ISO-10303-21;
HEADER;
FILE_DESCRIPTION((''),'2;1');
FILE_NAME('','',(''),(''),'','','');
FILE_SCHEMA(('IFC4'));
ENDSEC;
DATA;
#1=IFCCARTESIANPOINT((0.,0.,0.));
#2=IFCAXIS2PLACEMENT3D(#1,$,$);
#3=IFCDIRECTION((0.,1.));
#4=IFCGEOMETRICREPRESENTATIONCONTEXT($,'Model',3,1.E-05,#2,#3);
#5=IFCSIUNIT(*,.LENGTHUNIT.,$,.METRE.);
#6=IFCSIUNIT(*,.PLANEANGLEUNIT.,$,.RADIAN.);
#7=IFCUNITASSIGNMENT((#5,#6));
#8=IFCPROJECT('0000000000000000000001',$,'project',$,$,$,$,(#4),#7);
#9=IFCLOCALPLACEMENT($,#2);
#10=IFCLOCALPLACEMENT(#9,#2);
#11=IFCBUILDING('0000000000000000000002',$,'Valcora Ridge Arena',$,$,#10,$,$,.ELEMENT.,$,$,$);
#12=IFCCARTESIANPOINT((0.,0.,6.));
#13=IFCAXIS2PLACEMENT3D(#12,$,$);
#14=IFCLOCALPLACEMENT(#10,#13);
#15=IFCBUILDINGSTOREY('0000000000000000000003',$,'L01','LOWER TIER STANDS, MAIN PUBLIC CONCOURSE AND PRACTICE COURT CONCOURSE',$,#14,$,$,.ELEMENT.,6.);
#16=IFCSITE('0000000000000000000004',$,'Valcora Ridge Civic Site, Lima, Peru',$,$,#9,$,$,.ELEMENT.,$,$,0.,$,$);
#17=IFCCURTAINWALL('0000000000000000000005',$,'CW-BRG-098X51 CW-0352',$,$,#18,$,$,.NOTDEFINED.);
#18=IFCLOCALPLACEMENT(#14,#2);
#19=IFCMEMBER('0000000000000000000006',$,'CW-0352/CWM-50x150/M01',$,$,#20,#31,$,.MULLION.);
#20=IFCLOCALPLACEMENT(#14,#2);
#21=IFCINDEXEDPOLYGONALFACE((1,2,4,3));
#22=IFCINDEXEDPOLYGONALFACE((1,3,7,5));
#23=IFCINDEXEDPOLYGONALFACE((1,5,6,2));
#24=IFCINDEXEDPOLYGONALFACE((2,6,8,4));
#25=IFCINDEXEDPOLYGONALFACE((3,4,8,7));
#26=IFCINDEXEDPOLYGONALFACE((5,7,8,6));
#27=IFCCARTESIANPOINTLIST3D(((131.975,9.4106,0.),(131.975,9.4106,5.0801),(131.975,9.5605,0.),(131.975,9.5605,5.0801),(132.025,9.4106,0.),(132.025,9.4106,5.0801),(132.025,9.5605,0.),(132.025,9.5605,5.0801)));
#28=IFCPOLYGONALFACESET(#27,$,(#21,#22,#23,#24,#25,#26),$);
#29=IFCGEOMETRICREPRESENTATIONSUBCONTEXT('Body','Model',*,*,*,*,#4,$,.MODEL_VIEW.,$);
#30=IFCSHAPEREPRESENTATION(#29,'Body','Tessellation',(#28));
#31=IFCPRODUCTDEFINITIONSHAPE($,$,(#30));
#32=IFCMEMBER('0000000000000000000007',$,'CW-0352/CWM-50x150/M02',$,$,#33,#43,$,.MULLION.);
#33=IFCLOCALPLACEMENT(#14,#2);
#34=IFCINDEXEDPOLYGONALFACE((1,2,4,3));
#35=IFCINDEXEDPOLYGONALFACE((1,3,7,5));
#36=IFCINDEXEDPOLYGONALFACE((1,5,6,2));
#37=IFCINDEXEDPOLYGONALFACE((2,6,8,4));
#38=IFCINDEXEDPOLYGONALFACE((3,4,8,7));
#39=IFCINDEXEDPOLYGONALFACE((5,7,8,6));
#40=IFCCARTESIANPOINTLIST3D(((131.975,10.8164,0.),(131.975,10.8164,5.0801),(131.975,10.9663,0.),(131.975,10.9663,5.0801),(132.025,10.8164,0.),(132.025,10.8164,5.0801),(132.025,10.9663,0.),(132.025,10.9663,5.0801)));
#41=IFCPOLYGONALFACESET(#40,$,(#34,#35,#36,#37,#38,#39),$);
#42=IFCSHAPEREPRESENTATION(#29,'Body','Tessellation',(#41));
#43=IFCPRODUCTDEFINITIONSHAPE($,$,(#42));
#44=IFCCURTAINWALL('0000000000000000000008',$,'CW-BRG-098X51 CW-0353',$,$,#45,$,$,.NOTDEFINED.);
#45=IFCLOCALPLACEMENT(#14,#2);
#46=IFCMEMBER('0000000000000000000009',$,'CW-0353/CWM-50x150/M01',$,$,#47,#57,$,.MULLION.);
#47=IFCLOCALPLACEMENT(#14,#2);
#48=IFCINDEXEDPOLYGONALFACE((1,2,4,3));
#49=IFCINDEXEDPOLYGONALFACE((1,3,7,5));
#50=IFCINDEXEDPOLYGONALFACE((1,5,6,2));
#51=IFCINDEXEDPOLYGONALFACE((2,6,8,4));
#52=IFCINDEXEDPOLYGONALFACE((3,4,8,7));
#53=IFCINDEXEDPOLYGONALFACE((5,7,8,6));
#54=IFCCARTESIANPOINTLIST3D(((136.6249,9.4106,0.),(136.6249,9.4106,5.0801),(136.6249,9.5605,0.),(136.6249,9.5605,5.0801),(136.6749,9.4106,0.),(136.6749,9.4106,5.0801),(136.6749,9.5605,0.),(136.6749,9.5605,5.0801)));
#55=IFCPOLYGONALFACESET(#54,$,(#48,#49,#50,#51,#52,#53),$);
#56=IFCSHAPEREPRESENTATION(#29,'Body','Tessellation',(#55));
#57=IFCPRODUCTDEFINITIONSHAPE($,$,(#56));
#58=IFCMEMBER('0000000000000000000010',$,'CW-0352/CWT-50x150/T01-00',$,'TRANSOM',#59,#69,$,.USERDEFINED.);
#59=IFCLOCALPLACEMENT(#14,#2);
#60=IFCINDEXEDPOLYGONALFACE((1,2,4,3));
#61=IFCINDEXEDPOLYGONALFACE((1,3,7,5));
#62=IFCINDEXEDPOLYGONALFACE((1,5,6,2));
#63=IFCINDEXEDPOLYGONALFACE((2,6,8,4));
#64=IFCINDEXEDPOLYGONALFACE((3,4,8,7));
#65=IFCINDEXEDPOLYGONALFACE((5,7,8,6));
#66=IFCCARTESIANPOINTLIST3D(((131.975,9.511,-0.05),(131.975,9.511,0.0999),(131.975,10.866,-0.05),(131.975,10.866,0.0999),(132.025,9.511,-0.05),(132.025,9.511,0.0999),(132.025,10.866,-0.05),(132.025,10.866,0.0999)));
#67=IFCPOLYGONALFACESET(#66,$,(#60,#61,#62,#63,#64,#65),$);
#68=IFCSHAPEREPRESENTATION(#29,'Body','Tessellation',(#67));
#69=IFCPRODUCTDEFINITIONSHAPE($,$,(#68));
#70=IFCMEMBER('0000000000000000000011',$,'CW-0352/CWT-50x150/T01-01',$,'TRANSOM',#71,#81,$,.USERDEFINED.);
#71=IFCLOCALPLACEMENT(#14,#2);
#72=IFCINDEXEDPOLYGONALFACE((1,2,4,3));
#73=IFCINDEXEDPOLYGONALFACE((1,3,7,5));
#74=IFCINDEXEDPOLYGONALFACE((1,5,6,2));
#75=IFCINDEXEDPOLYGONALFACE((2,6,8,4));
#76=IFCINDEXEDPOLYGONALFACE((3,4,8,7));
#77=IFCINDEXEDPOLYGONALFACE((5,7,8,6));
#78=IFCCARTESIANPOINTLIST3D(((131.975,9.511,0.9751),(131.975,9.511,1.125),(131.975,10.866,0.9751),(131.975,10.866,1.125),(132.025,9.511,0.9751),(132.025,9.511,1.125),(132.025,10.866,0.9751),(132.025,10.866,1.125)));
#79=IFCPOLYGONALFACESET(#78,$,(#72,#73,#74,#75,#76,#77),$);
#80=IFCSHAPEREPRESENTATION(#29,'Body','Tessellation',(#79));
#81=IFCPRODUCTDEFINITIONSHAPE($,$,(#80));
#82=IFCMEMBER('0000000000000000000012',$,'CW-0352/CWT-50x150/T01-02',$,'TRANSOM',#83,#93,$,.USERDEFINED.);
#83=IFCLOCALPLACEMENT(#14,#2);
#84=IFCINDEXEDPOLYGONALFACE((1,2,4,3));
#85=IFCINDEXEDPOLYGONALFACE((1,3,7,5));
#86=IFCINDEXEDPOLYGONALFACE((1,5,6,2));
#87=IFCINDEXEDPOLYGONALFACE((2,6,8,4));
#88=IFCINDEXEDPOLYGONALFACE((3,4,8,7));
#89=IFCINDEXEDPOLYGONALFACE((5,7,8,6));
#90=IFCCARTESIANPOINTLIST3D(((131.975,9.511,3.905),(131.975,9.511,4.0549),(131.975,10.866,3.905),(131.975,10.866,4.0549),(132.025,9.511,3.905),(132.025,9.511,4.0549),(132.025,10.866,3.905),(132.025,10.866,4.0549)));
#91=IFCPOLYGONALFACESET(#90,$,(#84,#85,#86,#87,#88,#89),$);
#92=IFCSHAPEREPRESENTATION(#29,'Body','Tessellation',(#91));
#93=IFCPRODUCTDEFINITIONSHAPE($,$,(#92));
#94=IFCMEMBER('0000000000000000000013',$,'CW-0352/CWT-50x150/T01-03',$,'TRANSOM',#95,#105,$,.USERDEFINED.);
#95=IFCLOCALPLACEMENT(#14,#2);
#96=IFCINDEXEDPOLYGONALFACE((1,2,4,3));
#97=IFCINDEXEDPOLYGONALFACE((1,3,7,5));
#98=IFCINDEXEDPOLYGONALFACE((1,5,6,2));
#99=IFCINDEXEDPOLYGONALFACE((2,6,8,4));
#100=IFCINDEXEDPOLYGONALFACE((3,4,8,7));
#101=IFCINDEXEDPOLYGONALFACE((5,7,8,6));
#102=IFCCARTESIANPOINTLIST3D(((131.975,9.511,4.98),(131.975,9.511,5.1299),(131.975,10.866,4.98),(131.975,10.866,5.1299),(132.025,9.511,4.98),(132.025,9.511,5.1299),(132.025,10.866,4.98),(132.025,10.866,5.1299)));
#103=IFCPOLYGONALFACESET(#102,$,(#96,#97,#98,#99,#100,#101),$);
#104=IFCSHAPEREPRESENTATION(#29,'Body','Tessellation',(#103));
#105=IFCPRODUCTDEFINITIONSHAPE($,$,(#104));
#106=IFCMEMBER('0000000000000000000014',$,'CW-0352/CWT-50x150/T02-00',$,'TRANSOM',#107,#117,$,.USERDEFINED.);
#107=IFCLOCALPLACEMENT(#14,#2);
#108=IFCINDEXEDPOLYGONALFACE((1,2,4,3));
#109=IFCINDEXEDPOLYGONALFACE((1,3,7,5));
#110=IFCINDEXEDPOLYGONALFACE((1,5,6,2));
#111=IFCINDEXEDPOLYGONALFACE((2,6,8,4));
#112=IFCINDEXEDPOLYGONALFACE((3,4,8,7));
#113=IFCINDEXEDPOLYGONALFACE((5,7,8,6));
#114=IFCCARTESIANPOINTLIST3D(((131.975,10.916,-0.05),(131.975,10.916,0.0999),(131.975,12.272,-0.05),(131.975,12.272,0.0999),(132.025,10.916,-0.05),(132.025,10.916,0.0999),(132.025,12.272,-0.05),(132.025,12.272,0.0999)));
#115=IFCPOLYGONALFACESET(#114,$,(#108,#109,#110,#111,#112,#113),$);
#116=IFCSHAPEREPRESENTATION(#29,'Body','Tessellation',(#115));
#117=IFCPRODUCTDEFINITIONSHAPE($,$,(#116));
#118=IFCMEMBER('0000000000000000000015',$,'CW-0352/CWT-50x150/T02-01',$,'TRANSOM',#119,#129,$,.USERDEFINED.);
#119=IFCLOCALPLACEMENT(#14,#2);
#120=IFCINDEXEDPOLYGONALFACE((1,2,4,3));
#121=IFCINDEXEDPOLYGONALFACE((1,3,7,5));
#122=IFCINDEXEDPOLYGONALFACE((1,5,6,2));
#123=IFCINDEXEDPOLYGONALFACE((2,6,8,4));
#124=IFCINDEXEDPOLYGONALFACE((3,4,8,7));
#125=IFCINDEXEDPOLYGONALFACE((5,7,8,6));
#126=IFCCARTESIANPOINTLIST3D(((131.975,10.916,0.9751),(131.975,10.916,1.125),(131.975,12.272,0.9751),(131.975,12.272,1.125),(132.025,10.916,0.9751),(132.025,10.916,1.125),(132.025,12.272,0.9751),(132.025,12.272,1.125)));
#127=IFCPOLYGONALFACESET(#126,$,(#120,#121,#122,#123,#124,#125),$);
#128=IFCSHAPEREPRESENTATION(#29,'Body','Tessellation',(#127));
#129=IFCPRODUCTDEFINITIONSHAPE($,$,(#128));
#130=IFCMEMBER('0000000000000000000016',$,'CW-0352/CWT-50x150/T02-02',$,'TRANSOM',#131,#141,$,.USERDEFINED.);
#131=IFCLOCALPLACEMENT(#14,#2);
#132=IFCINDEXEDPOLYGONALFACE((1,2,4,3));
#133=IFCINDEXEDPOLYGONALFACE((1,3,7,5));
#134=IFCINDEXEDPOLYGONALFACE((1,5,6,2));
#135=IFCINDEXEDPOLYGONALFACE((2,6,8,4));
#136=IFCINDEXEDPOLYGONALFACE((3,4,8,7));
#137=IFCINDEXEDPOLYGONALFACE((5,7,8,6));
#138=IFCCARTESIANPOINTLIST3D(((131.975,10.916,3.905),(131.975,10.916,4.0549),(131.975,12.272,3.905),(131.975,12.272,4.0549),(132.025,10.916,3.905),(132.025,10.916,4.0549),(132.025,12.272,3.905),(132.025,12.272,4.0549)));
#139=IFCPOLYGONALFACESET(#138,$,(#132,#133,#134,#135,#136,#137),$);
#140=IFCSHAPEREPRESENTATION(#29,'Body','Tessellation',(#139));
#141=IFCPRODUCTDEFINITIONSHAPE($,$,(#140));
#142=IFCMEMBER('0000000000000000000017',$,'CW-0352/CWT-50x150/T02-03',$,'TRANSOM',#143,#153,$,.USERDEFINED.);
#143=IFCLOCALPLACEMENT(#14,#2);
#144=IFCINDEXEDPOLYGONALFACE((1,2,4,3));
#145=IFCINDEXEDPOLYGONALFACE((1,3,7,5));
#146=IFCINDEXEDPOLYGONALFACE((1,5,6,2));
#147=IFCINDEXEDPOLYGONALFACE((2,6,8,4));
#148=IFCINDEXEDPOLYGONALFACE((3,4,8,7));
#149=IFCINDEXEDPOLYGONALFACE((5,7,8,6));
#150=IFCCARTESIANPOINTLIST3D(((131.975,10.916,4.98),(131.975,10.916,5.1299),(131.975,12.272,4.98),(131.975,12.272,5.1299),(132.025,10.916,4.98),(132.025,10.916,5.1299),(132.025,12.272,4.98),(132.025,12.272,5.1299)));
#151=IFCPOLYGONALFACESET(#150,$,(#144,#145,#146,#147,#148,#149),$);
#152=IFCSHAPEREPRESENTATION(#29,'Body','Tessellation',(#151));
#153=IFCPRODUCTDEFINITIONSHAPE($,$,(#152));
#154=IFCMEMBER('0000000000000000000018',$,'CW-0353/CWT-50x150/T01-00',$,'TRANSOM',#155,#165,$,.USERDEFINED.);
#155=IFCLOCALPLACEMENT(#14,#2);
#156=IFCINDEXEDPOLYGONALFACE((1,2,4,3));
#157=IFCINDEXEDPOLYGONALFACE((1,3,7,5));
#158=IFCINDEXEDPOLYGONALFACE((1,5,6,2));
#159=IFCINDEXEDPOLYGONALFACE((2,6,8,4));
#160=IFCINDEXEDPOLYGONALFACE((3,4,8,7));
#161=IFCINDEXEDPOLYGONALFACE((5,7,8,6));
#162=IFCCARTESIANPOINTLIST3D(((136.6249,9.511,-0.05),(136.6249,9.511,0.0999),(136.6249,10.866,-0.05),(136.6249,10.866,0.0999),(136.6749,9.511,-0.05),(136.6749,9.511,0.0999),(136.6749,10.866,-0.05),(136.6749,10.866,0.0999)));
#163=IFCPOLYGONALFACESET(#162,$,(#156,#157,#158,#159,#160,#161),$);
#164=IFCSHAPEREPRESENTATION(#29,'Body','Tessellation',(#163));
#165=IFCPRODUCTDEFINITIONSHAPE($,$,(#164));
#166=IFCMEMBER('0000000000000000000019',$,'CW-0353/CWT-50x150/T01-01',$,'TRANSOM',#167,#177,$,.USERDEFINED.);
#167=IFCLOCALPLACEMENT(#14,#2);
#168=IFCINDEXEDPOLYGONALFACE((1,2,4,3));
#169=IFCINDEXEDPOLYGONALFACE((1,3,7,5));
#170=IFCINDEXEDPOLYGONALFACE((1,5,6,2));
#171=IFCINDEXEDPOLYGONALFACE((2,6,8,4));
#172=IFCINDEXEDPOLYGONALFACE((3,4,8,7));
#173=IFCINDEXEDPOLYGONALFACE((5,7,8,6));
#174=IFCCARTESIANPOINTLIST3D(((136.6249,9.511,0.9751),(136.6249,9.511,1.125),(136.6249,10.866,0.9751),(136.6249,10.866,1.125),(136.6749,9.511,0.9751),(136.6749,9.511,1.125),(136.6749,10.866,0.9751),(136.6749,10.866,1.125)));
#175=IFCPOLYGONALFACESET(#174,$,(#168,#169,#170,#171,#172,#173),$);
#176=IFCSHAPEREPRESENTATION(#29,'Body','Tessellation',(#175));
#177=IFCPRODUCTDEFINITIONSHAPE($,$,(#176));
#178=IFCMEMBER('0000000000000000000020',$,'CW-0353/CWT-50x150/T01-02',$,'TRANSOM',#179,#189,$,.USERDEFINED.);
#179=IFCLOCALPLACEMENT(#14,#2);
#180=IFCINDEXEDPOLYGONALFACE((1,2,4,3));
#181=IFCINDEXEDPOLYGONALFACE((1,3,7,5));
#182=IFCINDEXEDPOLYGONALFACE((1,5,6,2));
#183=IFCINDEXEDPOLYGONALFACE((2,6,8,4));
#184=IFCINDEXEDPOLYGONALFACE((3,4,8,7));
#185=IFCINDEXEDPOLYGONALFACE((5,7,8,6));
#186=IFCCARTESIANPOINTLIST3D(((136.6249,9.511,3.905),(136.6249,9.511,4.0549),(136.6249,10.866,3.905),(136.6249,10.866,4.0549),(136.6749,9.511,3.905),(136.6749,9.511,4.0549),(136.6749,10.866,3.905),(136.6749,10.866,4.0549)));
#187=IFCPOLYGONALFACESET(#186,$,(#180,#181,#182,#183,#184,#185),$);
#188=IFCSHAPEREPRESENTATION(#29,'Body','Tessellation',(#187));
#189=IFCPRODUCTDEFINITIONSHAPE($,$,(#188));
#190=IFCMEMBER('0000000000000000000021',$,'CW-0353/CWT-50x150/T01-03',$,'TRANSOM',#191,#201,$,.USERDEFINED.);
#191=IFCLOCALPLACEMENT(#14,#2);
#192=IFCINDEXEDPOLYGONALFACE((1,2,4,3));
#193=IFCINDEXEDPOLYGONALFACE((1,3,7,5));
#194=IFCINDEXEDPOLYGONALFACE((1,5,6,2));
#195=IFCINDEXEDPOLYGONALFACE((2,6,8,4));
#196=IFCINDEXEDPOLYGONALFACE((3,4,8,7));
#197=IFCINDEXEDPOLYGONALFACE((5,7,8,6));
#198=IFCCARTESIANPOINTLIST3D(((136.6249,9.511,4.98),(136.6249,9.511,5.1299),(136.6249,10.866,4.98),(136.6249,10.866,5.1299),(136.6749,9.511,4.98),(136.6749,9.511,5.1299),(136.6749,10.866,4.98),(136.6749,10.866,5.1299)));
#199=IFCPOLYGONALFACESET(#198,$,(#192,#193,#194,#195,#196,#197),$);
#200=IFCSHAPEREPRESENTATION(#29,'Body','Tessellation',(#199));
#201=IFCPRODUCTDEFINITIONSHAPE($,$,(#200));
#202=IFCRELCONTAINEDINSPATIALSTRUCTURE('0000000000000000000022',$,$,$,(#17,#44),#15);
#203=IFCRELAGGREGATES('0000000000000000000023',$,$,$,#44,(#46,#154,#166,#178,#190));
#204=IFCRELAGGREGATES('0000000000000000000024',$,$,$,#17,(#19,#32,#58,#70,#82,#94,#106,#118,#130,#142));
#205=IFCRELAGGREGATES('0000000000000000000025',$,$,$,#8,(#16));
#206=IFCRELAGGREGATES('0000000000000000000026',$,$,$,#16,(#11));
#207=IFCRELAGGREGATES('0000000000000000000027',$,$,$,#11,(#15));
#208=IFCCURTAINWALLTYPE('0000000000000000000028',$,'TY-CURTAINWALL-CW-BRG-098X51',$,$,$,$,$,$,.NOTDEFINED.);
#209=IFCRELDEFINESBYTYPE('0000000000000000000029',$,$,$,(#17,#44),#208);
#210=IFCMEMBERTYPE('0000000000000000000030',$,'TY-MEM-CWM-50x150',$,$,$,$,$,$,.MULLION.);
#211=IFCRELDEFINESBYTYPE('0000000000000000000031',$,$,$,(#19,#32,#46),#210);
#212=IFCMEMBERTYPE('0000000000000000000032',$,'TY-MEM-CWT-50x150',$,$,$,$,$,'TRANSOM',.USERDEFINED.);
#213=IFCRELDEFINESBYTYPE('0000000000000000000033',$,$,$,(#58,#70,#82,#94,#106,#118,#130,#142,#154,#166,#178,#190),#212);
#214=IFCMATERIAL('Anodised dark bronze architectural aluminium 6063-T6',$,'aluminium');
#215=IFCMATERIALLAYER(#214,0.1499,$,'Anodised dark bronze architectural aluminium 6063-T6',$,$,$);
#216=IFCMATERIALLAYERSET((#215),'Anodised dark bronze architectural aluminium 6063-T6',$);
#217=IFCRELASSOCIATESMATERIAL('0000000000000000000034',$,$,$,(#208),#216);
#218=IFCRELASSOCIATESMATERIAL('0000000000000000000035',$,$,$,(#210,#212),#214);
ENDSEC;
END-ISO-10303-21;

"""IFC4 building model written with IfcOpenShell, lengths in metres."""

from ifc_helpers import new_model, si_unit, direction, frame, origin, origin_2d, place, context, subcontext, project, spatial, rectangle, extrude, material, layer, layer_set, material_profile, profile_set, type_object, element, aggregate, save


model = new_model("IFC4")

# Units and contexts
model_context = context("Model", 3, precision=1e-05, world=origin(), true_north=direction((0.0, 1.0)))
body_context = subcontext(model_context, "Body", "Model", "MODEL_VIEW")
ifc_project = project(units=[si_unit("LENGTHUNIT", "METRE"), si_unit("PLANEANGLEUNIT", "RADIAN")], contexts=[model_context])

# Site, building, storey
site_placement = place(None, origin())
site = spatial("IfcSite", under=ifc_project, at=site_placement, Name="Valcora Ridge Civic Site, Lima, Peru", CompositionType="ELEMENT", RefElevation=0.0)
building_placement = place(site_placement, origin())
building = spatial("IfcBuilding", under=site, at=building_placement, Name="Valcora Ridge Arena", CompositionType="ELEMENT")
storey_placement = place(building_placement, frame((0.0, 0.0, 6.0)))
storey = spatial("IfcBuildingStorey", under=building, at=storey_placement, Name="L01", Description="LOWER TIER STANDS, MAIN PUBLIC CONCOURSE AND PRACTICE COURT CONCOURSE", CompositionType="ELEMENT", Elevation=6.0)

# Curtain wall, members
ifc_material_1 = material(Name="Anodised dark bronze architectural aluminium 6063-T6", Category="aluminium")
ifc_layer_1 = layer(ifc_material_1, 0.1499, Name="Anodised dark bronze architectural aluminium 6063-T6")
ifc_layer_set_1 = layer_set([ifc_layer_1], Name="Anodised dark bronze architectural aluminium 6063-T6")
curtain_wall_type = type_object("IfcCurtainWallType", Name="TY-CURTAINWALL-CW-BRG-098X51", PredefinedType="NOTDEFINED", material=ifc_layer_set_1)
curtain_wall_1_placement = place(storey_placement, origin())
curtain_wall_1 = element("IfcCurtainWall", 1, at=curtain_wall_1_placement, inside=storey, type_object=curtain_wall_type, Name="CW-BRG-098X51 CW-0352", PredefinedType="NOTDEFINED")
ifc_material_profile_1 = material_profile(ifc_material_1, rectangle(XDim=0.05, YDim=0.1499, at=origin_2d()), Name="ALU MULLION 50x150")
ifc_profile_set_1 = profile_set([ifc_material_profile_1], Name="Anodised dark bronze architectural aluminium 6063-T6")
member_type_1 = type_object("IfcMemberType", Name="TY-MEM-CWM-50x150", PredefinedType="MULLION", material=ifc_profile_set_1)
member_1_placement = place(storey_placement, frame((132.0, 9.4856, 0.0), z_axis=(0.0, 0.0, 1.0), x_axis=(-1.0, 0.0, 0.0)))
member_1 = element("IfcMember", 2, at=member_1_placement, type_object=member_type_1, Name="CW-0352/CWM-50x150/M01", PredefinedType="MULLION", context=body_context, shape_type="SweptSolid", body=[
    extrude(rectangle(XDim=0.05, YDim=0.1499, at=origin_2d()), origin(), (0.0, 0.0, 1.0), 5.0801),
])
member_2_placement = place(storey_placement, frame((132.0, 10.8914, 0.0), z_axis=(0.0, 0.0, 1.0), x_axis=(-1.0, 0.0, 0.0)))
member_2 = element("IfcMember", 3, at=member_2_placement, type_object=member_type_1, Name="CW-0352/CWM-50x150/M02", PredefinedType="MULLION", context=body_context, shape_type="SweptSolid", body=[
    extrude(rectangle(XDim=0.05, YDim=0.1499, at=origin_2d()), origin(), (0.0, 0.0, 1.0), 5.0801),
])

# Curtain wall, member
curtain_wall_2_placement = place(storey_placement, origin())
curtain_wall_2 = element("IfcCurtainWall", 4, at=curtain_wall_2_placement, inside=storey, type_object=curtain_wall_type, Name="CW-BRG-098X51 CW-0353", PredefinedType="NOTDEFINED")
member_3_placement = place(storey_placement, frame((136.6499, 9.4856, 0.0), z_axis=(0.0, 0.0, 1.0), x_axis=(-1.0, 0.0, 0.0)))
member_3 = element("IfcMember", 5, at=member_3_placement, type_object=member_type_1, Name="CW-0353/CWM-50x150/M01", PredefinedType="MULLION", context=body_context, shape_type="SweptSolid", body=[
    extrude(rectangle(XDim=0.05, YDim=0.1499, at=origin_2d()), origin(), (0.0, 0.0, 1.0), 5.0801),
])

# Members
ifc_material_profile_2 = material_profile(ifc_material_1, rectangle(XDim=0.05, YDim=0.1499, at=origin_2d()), Name="ALU TRANSOM 50x150")
ifc_profile_set_2 = profile_set([ifc_material_profile_2], Name="Anodised dark bronze architectural aluminium 6063-T6")
member_type_2 = type_object("IfcMemberType", Name="TY-MEM-CWT-50x150", ElementType="TRANSOM", PredefinedType="USERDEFINED", material=ifc_profile_set_2)
member_4_placement = place(storey_placement, frame((132.0, 9.511, 0.0249), z_axis=(0.0, 1.0, 0.0), x_axis=(-1.0, 0.0, 0.0)))
member_4 = element("IfcMember", 6, at=member_4_placement, type_object=member_type_2, Name="CW-0352/CWT-50x150/T01-00", ObjectType="TRANSOM", PredefinedType="USERDEFINED", context=body_context, shape_type="SweptSolid", body=[
    extrude(rectangle(XDim=0.05, YDim=0.1499, at=origin_2d()), origin(), (0.0, 0.0, 1.0), 1.355),
])
member_5_placement = place(storey_placement, frame((132.0, 9.511, 1.05), z_axis=(0.0, 1.0, 0.0), x_axis=(-1.0, 0.0, 0.0)))
member_5 = element("IfcMember", 7, at=member_5_placement, type_object=member_type_2, Name="CW-0352/CWT-50x150/T01-01", ObjectType="TRANSOM", PredefinedType="USERDEFINED", context=body_context, shape_type="SweptSolid", body=[
    extrude(rectangle(XDim=0.05, YDim=0.1499, at=origin_2d()), origin(), (0.0, 0.0, 1.0), 1.355),
])
member_6_placement = place(storey_placement, frame((132.0, 9.511, 3.98), z_axis=(0.0, 1.0, 0.0), x_axis=(-1.0, 0.0, 0.0)))
member_6 = element("IfcMember", 8, at=member_6_placement, type_object=member_type_2, Name="CW-0352/CWT-50x150/T01-02", ObjectType="TRANSOM", PredefinedType="USERDEFINED", context=body_context, shape_type="SweptSolid", body=[
    extrude(rectangle(XDim=0.05, YDim=0.1499, at=origin_2d()), origin(), (0.0, 0.0, 1.0), 1.355),
])
member_7_placement = place(storey_placement, frame((132.0, 9.511, 5.0549), z_axis=(0.0, 1.0, 0.0), x_axis=(-1.0, 0.0, 0.0)))
member_7 = element("IfcMember", 9, at=member_7_placement, type_object=member_type_2, Name="CW-0352/CWT-50x150/T01-03", ObjectType="TRANSOM", PredefinedType="USERDEFINED", context=body_context, shape_type="SweptSolid", body=[
    extrude(rectangle(XDim=0.05, YDim=0.1499, at=origin_2d()), origin(), (0.0, 0.0, 1.0), 1.355),
])
member_8_placement = place(storey_placement, frame((132.0, 10.916, 0.0249), z_axis=(0.0, 1.0, 0.0), x_axis=(-1.0, 0.0, 0.0)))
member_8 = element("IfcMember", 10, at=member_8_placement, type_object=member_type_2, Name="CW-0352/CWT-50x150/T02-00", ObjectType="TRANSOM", PredefinedType="USERDEFINED", context=body_context, shape_type="SweptSolid", body=[
    extrude(rectangle(XDim=0.05, YDim=0.1499, at=origin_2d()), origin(), (0.0, 0.0, 1.0), 1.356),
])
member_9_placement = place(storey_placement, frame((132.0, 10.916, 1.05), z_axis=(0.0, 1.0, 0.0), x_axis=(-1.0, 0.0, 0.0)))
member_9 = element("IfcMember", 11, at=member_9_placement, type_object=member_type_2, Name="CW-0352/CWT-50x150/T02-01", ObjectType="TRANSOM", PredefinedType="USERDEFINED", context=body_context, shape_type="SweptSolid", body=[
    extrude(rectangle(XDim=0.05, YDim=0.1499, at=origin_2d()), origin(), (0.0, 0.0, 1.0), 1.356),
])
member_10_placement = place(storey_placement, frame((132.0, 10.916, 3.98), z_axis=(0.0, 1.0, 0.0), x_axis=(-1.0, 0.0, 0.0)))
member_10 = element("IfcMember", 12, at=member_10_placement, type_object=member_type_2, Name="CW-0352/CWT-50x150/T02-02", ObjectType="TRANSOM", PredefinedType="USERDEFINED", context=body_context, shape_type="SweptSolid", body=[
    extrude(rectangle(XDim=0.05, YDim=0.1499, at=origin_2d()), origin(), (0.0, 0.0, 1.0), 1.356),
])
member_11_placement = place(storey_placement, frame((132.0, 10.916, 5.0549), z_axis=(0.0, 1.0, 0.0), x_axis=(-1.0, 0.0, 0.0)))
member_11 = element("IfcMember", 13, at=member_11_placement, type_object=member_type_2, Name="CW-0352/CWT-50x150/T02-03", ObjectType="TRANSOM", PredefinedType="USERDEFINED", context=body_context, shape_type="SweptSolid", body=[
    extrude(rectangle(XDim=0.05, YDim=0.1499, at=origin_2d()), origin(), (0.0, 0.0, 1.0), 1.356),
])
member_12_placement = place(storey_placement, frame((136.6499, 9.511, 0.0249), z_axis=(0.0, 1.0, 0.0), x_axis=(-1.0, 0.0, 0.0)))
member_12 = element("IfcMember", 14, at=member_12_placement, type_object=member_type_2, Name="CW-0353/CWT-50x150/T01-00", ObjectType="TRANSOM", PredefinedType="USERDEFINED", context=body_context, shape_type="SweptSolid", body=[
    extrude(rectangle(XDim=0.05, YDim=0.1499, at=origin_2d()), origin(), (0.0, 0.0, 1.0), 1.355),
])
member_13_placement = place(storey_placement, frame((136.6499, 9.511, 1.05), z_axis=(0.0, 1.0, 0.0), x_axis=(-1.0, 0.0, 0.0)))
member_13 = element("IfcMember", 15, at=member_13_placement, type_object=member_type_2, Name="CW-0353/CWT-50x150/T01-01", ObjectType="TRANSOM", PredefinedType="USERDEFINED", context=body_context, shape_type="SweptSolid", body=[
    extrude(rectangle(XDim=0.05, YDim=0.1499, at=origin_2d()), origin(), (0.0, 0.0, 1.0), 1.355),
])
member_14_placement = place(storey_placement, frame((136.6499, 9.511, 3.98), z_axis=(0.0, 1.0, 0.0), x_axis=(-1.0, 0.0, 0.0)))
member_14 = element("IfcMember", 16, at=member_14_placement, type_object=member_type_2, Name="CW-0353/CWT-50x150/T01-02", ObjectType="TRANSOM", PredefinedType="USERDEFINED", context=body_context, shape_type="SweptSolid", body=[
    extrude(rectangle(XDim=0.05, YDim=0.1499, at=origin_2d()), origin(), (0.0, 0.0, 1.0), 1.355),
])
member_15_placement = place(storey_placement, frame((136.6499, 9.511, 5.0549), z_axis=(0.0, 1.0, 0.0), x_axis=(-1.0, 0.0, 0.0)))
member_15 = element("IfcMember", 17, at=member_15_placement, type_object=member_type_2, Name="CW-0353/CWT-50x150/T01-03", ObjectType="TRANSOM", PredefinedType="USERDEFINED", context=body_context, shape_type="SweptSolid", body=[
    extrude(rectangle(XDim=0.05, YDim=0.1499, at=origin_2d()), origin(), (0.0, 0.0, 1.0), 1.355),
])
aggregate(curtain_wall_2, [member_3, member_12, member_13, member_14, member_15])

aggregate(curtain_wall_1, [member_1, member_2, member_4, member_5, member_6, member_7, member_8, member_9, member_10, member_11])

save(model, "model.ifc")
